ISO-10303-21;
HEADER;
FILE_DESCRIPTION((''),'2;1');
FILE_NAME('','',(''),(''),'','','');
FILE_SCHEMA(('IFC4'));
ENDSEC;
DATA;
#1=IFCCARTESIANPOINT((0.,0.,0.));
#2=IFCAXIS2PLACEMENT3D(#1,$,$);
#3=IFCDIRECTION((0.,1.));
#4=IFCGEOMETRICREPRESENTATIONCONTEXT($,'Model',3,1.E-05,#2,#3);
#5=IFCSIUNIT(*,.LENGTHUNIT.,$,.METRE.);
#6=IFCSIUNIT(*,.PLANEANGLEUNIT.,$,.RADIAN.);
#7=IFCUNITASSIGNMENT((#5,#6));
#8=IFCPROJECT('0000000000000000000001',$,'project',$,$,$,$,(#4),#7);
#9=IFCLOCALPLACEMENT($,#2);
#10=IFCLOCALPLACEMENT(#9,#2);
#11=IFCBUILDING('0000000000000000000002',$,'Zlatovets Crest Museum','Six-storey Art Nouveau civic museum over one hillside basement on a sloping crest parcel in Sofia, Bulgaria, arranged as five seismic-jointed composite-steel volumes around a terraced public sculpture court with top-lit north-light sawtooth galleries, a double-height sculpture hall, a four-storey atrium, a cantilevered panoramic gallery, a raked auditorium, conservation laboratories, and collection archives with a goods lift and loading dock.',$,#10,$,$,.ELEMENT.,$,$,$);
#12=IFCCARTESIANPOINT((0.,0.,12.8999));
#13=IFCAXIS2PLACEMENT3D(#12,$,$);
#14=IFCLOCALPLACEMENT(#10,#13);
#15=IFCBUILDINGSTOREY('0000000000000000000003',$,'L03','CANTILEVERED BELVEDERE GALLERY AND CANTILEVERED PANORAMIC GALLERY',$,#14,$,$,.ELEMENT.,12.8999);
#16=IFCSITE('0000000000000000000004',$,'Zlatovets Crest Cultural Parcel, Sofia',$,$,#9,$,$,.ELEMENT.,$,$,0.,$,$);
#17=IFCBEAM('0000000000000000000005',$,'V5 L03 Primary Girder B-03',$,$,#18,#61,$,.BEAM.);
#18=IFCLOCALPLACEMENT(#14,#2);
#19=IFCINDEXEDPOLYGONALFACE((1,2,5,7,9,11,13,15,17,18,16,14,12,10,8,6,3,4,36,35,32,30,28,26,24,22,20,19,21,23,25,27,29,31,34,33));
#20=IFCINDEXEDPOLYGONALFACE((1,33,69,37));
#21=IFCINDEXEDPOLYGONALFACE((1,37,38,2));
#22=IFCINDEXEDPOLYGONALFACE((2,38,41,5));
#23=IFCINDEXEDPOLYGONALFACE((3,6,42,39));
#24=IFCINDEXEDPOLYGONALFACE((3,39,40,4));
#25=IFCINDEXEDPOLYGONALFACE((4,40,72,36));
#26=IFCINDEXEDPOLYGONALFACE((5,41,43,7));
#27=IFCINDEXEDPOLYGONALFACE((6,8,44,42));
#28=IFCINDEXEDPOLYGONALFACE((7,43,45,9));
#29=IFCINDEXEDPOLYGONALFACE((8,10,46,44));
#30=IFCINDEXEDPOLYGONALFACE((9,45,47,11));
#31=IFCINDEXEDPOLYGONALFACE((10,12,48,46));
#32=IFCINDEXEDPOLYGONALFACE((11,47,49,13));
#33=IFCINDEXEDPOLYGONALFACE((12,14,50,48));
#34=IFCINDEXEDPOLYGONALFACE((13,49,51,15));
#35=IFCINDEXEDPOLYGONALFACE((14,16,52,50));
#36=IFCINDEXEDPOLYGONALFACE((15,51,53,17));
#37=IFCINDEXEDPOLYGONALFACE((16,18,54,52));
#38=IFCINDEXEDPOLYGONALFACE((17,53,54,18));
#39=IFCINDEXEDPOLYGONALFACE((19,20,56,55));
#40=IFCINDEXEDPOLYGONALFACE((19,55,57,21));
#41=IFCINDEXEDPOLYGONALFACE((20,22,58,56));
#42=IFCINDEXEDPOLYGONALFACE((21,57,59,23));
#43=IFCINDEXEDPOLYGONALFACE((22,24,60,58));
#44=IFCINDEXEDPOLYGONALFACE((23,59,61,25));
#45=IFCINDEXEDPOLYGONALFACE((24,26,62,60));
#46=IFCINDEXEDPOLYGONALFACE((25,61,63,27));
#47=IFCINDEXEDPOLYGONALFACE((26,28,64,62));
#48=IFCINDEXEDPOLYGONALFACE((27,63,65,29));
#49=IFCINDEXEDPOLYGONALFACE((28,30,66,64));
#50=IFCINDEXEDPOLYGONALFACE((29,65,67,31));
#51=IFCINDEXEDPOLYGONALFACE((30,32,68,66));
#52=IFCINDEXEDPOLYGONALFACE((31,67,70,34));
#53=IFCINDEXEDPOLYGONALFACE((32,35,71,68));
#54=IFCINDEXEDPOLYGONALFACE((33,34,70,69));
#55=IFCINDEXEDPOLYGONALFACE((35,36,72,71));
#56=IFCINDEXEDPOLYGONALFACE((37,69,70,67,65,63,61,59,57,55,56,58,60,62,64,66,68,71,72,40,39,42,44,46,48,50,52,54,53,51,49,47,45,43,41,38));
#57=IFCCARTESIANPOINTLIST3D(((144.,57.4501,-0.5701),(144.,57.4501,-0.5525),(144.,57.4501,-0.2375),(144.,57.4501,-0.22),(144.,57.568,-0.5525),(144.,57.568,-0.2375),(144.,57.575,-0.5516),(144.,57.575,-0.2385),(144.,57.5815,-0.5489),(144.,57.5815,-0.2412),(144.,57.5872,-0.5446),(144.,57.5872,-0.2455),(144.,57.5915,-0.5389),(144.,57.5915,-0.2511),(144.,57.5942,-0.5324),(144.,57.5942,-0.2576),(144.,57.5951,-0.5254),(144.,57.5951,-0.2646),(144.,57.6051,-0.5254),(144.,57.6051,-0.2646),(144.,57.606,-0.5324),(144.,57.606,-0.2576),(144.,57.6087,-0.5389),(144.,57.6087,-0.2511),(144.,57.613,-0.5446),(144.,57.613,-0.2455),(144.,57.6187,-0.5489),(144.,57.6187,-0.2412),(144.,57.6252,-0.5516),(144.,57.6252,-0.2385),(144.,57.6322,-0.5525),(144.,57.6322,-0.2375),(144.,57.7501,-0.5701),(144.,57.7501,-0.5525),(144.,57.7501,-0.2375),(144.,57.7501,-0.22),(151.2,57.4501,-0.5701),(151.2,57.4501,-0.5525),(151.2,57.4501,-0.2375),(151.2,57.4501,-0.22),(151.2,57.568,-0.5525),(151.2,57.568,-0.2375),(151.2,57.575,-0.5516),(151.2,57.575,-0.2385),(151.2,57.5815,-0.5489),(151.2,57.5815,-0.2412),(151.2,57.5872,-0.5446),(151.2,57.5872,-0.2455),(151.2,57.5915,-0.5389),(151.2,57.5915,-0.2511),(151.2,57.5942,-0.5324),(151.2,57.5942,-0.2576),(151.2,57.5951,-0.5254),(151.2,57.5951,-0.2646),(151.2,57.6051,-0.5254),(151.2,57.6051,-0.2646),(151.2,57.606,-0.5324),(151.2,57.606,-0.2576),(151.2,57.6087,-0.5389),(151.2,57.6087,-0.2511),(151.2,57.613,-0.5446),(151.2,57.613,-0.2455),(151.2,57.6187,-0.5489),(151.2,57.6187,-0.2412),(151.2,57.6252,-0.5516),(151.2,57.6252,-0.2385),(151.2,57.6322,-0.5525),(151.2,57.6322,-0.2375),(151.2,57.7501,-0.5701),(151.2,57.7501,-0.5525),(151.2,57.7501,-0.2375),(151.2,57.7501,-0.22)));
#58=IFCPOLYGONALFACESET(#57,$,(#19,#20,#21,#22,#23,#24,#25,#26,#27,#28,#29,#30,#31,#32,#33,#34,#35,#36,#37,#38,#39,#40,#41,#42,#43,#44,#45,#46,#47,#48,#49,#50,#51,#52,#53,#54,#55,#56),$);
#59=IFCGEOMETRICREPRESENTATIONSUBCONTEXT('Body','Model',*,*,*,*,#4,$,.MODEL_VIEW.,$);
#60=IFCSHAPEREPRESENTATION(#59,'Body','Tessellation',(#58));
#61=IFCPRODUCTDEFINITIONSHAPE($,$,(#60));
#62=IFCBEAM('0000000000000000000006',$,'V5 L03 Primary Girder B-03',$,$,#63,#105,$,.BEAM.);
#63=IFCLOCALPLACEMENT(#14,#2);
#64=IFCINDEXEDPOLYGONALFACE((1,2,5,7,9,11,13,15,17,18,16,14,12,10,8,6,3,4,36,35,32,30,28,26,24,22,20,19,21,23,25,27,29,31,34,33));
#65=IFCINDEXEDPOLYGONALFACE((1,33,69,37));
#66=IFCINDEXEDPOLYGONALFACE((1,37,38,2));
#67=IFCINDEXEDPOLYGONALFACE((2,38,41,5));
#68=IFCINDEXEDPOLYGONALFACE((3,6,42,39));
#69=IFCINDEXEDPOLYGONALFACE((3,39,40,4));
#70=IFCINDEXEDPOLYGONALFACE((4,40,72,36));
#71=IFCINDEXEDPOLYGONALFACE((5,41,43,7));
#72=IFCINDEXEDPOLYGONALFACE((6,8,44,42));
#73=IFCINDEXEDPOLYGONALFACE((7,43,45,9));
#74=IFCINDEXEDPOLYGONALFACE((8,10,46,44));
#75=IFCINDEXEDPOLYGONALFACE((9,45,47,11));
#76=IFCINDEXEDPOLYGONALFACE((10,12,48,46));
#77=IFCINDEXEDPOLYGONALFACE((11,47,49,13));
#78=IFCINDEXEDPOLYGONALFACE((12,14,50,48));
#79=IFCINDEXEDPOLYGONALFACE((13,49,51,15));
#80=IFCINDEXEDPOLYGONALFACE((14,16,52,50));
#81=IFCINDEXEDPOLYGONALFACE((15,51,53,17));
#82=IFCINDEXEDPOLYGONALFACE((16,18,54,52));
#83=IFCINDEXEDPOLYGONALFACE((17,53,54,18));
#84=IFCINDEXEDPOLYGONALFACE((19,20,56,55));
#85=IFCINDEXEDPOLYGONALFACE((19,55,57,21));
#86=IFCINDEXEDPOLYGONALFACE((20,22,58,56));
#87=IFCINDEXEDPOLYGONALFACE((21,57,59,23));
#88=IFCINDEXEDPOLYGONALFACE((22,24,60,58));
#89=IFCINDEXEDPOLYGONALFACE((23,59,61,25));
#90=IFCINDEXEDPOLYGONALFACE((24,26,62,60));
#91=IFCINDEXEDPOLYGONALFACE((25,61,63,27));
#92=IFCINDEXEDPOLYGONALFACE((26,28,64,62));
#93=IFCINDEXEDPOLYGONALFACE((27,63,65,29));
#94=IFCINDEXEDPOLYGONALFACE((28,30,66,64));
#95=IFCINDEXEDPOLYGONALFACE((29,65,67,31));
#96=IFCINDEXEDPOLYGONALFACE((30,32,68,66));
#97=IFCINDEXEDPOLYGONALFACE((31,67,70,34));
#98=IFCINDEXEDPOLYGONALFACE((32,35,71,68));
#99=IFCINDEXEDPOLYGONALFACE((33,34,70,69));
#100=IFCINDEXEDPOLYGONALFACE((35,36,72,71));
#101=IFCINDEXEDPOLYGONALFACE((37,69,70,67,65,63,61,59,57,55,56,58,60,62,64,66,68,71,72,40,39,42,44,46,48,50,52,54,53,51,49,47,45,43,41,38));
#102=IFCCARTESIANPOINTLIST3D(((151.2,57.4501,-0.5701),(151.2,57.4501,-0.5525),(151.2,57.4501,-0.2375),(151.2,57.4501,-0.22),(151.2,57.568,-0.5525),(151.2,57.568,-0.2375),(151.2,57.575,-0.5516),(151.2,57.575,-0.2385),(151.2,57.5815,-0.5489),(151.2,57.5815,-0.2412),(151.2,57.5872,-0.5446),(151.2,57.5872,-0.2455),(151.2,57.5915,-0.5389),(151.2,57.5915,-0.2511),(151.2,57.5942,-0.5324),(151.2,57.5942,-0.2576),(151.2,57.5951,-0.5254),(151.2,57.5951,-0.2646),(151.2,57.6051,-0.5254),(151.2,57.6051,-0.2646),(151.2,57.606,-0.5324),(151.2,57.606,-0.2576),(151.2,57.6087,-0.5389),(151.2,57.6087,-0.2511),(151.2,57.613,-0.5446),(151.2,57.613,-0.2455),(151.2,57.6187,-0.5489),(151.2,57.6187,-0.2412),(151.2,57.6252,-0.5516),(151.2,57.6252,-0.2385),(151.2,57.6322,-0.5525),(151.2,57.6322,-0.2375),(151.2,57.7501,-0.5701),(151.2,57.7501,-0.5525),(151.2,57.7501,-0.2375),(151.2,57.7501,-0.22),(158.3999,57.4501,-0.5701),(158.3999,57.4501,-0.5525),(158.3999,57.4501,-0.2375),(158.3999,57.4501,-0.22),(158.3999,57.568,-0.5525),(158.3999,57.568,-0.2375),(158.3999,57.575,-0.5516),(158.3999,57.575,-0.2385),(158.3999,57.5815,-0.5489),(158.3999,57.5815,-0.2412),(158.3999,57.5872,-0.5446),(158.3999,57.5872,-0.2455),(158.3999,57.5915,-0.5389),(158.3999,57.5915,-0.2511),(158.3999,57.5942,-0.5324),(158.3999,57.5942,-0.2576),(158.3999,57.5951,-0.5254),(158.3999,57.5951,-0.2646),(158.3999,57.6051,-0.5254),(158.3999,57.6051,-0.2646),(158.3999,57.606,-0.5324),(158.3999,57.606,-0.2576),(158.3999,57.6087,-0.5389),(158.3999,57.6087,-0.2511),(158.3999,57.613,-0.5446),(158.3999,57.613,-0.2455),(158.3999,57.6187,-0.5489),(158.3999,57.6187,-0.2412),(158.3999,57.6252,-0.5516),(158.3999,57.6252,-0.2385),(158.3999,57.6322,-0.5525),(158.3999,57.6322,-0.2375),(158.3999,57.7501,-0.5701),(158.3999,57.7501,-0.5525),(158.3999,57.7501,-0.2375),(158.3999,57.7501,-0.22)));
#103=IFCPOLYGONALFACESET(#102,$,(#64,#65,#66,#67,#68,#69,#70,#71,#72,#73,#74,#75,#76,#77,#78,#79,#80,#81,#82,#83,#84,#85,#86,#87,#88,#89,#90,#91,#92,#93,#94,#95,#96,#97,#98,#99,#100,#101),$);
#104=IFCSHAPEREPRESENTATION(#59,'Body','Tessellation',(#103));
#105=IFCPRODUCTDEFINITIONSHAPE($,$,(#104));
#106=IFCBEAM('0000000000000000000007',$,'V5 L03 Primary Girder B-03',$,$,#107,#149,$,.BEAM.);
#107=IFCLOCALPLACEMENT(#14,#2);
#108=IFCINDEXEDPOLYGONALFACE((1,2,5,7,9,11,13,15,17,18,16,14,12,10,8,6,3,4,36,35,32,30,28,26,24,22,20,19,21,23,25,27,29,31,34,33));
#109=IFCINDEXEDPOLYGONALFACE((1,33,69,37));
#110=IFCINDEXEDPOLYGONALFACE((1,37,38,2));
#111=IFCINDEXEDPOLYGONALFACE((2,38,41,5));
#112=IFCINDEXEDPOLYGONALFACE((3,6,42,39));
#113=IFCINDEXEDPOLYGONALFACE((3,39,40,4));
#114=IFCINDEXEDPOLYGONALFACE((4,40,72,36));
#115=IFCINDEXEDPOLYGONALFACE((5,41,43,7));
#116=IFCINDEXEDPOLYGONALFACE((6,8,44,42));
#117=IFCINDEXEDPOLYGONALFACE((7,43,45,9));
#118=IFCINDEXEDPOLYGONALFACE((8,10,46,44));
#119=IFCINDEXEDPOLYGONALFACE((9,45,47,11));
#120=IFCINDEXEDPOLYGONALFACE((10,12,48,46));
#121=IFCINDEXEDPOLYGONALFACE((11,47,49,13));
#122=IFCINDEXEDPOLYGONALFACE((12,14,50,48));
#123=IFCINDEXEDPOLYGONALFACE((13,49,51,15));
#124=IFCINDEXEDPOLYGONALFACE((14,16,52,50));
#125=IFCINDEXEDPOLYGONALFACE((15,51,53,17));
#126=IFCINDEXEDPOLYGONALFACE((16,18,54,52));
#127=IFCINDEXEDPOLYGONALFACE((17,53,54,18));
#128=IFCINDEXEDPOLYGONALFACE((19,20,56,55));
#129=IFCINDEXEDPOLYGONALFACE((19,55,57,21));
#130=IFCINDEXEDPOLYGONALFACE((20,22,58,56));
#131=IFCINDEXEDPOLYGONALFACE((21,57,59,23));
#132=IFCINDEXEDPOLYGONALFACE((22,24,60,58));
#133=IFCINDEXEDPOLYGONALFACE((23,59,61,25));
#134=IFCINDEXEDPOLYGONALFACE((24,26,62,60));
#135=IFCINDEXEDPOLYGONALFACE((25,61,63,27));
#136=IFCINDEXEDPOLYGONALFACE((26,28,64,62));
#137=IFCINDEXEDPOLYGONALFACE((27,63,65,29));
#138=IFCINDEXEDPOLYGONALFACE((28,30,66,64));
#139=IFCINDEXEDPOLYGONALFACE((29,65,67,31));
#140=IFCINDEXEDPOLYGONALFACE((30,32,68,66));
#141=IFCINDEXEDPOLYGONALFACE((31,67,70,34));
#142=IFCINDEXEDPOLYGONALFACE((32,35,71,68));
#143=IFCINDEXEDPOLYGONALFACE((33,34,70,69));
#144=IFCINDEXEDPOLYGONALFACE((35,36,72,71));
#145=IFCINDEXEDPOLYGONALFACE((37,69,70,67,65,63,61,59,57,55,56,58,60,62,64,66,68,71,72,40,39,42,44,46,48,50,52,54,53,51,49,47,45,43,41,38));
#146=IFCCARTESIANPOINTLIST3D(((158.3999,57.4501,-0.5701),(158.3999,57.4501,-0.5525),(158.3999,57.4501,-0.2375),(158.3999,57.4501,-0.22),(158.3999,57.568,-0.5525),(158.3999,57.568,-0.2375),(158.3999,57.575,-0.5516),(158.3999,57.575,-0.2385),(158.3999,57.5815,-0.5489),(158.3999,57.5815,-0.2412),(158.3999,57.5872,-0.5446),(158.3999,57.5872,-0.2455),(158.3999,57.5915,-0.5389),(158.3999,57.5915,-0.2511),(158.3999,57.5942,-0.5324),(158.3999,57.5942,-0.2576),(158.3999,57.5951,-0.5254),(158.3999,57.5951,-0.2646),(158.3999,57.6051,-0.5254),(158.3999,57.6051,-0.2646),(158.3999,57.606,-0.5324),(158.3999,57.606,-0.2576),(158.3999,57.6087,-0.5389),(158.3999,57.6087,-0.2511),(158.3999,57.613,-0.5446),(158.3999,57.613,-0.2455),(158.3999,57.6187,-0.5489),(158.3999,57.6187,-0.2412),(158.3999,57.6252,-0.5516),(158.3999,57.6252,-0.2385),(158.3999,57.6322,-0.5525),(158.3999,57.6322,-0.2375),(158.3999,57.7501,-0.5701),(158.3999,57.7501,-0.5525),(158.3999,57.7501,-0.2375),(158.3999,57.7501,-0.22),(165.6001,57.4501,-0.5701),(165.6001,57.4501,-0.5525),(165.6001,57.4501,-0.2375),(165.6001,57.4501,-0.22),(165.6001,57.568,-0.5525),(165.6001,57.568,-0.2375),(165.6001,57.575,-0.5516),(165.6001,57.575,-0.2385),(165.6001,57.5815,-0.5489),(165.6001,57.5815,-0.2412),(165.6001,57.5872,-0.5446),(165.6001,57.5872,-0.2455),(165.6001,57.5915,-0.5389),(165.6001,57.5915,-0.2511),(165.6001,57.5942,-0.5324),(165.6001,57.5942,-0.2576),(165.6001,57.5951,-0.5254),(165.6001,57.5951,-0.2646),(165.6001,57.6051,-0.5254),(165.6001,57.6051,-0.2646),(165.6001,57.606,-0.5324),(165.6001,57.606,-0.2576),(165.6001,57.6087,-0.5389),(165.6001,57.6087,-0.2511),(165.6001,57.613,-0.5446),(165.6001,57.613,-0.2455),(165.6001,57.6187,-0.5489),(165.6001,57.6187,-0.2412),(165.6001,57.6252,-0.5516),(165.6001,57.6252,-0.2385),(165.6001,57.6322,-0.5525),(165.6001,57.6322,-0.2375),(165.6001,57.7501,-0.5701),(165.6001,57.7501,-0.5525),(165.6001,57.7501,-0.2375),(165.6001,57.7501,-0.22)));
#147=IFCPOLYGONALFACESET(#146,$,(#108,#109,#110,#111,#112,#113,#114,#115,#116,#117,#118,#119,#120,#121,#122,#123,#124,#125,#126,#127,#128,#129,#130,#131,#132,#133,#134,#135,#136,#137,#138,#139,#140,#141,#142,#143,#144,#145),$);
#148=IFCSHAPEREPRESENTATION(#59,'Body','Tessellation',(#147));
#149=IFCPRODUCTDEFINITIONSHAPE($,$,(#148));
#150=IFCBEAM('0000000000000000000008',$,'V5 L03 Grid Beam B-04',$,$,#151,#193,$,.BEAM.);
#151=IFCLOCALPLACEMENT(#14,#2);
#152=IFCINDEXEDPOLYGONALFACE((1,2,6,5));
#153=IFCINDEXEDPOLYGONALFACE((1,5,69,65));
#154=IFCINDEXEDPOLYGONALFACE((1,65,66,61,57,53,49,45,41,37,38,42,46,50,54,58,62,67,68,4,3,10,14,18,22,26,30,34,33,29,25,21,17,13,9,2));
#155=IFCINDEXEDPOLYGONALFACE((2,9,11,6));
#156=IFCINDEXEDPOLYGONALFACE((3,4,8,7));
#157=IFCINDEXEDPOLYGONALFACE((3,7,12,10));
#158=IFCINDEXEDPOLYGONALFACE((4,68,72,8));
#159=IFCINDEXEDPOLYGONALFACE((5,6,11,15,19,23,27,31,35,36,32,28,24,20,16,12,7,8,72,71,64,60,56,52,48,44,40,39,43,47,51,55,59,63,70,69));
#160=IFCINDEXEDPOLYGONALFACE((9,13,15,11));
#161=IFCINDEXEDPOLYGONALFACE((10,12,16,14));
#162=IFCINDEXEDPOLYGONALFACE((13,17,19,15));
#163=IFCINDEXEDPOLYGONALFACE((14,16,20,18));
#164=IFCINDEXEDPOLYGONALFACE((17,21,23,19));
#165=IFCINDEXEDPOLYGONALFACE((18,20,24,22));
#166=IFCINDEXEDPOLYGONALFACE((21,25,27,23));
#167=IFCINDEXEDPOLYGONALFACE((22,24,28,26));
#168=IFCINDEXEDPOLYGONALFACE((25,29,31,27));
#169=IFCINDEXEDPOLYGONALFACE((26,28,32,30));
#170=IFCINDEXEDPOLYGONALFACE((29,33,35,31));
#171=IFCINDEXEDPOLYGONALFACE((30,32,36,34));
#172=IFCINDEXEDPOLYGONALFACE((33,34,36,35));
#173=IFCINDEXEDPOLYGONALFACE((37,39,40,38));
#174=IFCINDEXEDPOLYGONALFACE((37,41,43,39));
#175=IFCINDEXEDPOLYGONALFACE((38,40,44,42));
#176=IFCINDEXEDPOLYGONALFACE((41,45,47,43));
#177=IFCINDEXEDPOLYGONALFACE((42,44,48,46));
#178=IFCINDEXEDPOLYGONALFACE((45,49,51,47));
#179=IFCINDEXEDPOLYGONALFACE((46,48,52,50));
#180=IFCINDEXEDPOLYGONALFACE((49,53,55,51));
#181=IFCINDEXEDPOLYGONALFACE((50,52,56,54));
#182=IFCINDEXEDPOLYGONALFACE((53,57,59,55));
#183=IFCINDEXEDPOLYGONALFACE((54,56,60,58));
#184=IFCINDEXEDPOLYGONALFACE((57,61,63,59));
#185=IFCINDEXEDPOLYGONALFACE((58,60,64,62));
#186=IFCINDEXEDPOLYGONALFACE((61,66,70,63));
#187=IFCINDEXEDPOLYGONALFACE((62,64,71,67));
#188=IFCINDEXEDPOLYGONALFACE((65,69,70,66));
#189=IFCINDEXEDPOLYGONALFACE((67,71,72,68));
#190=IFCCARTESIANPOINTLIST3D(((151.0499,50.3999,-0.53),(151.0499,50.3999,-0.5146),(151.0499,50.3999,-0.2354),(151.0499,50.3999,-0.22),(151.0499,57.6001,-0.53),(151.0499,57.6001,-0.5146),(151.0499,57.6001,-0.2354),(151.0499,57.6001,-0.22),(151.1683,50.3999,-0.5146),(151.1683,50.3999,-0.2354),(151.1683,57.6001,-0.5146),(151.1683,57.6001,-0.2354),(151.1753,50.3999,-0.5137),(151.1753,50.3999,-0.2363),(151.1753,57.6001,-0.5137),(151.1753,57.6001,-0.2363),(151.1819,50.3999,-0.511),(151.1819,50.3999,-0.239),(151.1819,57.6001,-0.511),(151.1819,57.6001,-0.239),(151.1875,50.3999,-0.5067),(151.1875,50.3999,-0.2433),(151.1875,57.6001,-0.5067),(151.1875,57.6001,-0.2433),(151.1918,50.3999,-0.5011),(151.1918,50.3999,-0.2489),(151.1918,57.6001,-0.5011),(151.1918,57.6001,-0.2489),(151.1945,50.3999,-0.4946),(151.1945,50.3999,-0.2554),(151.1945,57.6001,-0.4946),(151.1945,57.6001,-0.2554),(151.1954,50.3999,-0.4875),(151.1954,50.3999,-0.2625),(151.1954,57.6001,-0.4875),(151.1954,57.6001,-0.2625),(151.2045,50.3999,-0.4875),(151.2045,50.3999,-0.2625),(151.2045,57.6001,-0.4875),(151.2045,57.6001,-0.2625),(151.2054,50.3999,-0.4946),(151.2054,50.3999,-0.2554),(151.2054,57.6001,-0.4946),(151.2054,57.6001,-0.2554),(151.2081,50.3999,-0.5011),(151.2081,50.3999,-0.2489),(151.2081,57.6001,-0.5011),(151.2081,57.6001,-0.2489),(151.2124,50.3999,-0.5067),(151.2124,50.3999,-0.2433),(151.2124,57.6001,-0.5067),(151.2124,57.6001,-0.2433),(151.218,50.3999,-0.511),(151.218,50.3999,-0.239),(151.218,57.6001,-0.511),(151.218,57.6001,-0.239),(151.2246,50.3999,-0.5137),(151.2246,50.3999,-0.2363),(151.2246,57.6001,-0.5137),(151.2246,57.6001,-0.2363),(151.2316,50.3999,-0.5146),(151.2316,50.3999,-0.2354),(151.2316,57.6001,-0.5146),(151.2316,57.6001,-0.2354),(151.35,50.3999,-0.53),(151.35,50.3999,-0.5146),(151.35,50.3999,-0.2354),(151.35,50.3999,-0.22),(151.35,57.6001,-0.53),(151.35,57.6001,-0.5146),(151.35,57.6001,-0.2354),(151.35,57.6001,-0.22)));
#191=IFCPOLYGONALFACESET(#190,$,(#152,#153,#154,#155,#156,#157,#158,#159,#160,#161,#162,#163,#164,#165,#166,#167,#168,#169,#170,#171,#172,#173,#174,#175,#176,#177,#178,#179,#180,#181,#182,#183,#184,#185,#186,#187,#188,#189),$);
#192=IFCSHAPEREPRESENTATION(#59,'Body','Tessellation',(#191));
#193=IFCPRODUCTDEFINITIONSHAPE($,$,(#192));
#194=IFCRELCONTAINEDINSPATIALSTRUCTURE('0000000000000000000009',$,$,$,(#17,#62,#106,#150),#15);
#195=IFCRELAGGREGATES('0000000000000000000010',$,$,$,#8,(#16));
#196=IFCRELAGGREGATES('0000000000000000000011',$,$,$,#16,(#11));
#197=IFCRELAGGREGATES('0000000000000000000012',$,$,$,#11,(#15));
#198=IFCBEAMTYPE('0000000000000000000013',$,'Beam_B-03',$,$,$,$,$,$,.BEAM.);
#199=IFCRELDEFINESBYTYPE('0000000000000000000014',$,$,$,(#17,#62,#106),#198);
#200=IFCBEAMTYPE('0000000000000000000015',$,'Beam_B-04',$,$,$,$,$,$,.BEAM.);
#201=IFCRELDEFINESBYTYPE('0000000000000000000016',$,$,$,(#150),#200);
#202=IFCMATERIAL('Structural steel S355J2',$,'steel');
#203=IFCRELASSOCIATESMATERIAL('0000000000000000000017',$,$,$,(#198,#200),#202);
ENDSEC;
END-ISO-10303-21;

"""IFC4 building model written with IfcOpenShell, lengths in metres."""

from ifc_helpers import new_model, si_unit, direction, frame, origin, origin_2d, place, context, subcontext, project, spatial, i_section, extrude, material, material_profile, profile_set, type_object, element, save


model = new_model("IFC4")

# Units and contexts
model_context = context("Model", 3, precision=1e-05, world=origin(), true_north=direction((0.0, 1.0)))
body_context = subcontext(model_context, "Body", "Model", "MODEL_VIEW")
ifc_project = project(units=[si_unit("LENGTHUNIT", "METRE"), si_unit("PLANEANGLEUNIT", "RADIAN")], contexts=[model_context])

# Site, building, storey
site_placement = place(None, origin())
site = spatial("IfcSite", under=ifc_project, at=site_placement, Name="Zlatovets Crest Cultural Parcel, Sofia", CompositionType="ELEMENT", RefElevation=0.0)
building_placement = place(site_placement, origin())
building = spatial("IfcBuilding", under=site, at=building_placement, Name="Zlatovets Crest Museum", Description="Six-storey Art Nouveau civic museum over one hillside basement on a sloping crest parcel in Sofia, Bulgaria, arranged as five seismic-jointed composite-steel volumes around a terraced public sculpture court with top-lit north-light sawtooth galleries, a double-height sculpture hall, a four-storey atrium, a cantilevered panoramic gallery, a raked auditorium, conservation laboratories, and collection archives with a goods lift and loading dock.", CompositionType="ELEMENT")
storey_placement = place(building_placement, frame((0.0, 0.0, 12.8999)))
storey = spatial("IfcBuildingStorey", under=building, at=storey_placement, Name="L03", Description="CANTILEVERED BELVEDERE GALLERY AND CANTILEVERED PANORAMIC GALLERY", CompositionType="ELEMENT", Elevation=12.8999)

# Beams
ifc_material_1 = material(Name="Structural steel S355J2", Category="steel")
ifc_material_profile_1 = material_profile(ifc_material_1, i_section(OverallWidth=0.3, OverallDepth=0.3501, WebThickness=0.01, FlangeThickness=0.0176, FilletRadius=0.0271, at=origin_2d()), Name="HEA 360")
ifc_profile_set_1 = profile_set([ifc_material_profile_1], Name="Structural steel S355J2")
beam_type_1 = type_object("IfcBeamType", Name="Beam_B-03", PredefinedType="BEAM", material=ifc_profile_set_1)
for number, where, z_axis, x_axis, name in (
    (1, (144.0, 57.6001, -0.395), (1.0, 0.0, 0.0), (0.0, 1.0, 0.0), "V5 L03 Primary Girder B-03"),
    (2, (151.2, 57.6001, -0.395), (1.0, 0.0, 0.0), (0.0, 1.0, 0.0), "V5 L03 Primary Girder B-03"),
):
    element("IfcBeam", number, at=place(storey_placement, frame(where, z_axis=z_axis, x_axis=x_axis)), inside=storey, type_object=beam_type_1, Name=name, PredefinedType="BEAM", context=body_context, shape_type="SweptSolid", body=[
        extrude(i_section(OverallWidth=0.3, OverallDepth=0.3501, WebThickness=0.01, FlangeThickness=0.0176, FilletRadius=0.0271, at=origin_2d()), origin(), (0.0, 0.0, 1.0), 7.2),
    ])
beam_1_placement = place(storey_placement, frame((158.3999, 57.6001, -0.395), z_axis=(1.0, 0.0, 0.0), x_axis=(0.0, 1.0, 0.0)))
element("IfcBeam", 3, at=beam_1_placement, inside=storey, type_object=beam_type_1, Name="V5 L03 Primary Girder B-03", PredefinedType="BEAM", context=body_context, shape_type="SweptSolid", body=[
    extrude(i_section(OverallWidth=0.3, OverallDepth=0.3501, WebThickness=0.01, FlangeThickness=0.0176, FilletRadius=0.0271, at=origin_2d()), origin(), (0.0, 0.0, 1.0), 7.2002),
])
ifc_material_profile_2 = material_profile(ifc_material_1, i_section(OverallWidth=0.3, OverallDepth=0.3101, WebThickness=0.009, FlangeThickness=0.0154, FilletRadius=0.0271, at=origin_2d()), Name="HEA 320")
ifc_profile_set_2 = profile_set([ifc_material_profile_2], Name="Structural steel S355J2")
beam_type_2 = type_object("IfcBeamType", Name="Beam_B-04", PredefinedType="BEAM", material=ifc_profile_set_2)
for number, where, z_axis, x_axis, name in (
    (4, (151.2, 50.3999, -0.375), (0.0, 1.0, 0.0), (-1.0, 0.0, 0.0), "V5 L03 Grid Beam B-04"),
):
    element("IfcBeam", number, at=place(storey_placement, frame(where, z_axis=z_axis, x_axis=x_axis)), inside=storey, type_object=beam_type_2, Name=name, PredefinedType="BEAM", context=body_context, shape_type="SweptSolid", body=[
        extrude(i_section(OverallWidth=0.3, OverallDepth=0.3101, WebThickness=0.009, FlangeThickness=0.0154, FilletRadius=0.0271, at=origin_2d()), origin(), (0.0, 0.0, 1.0), 7.2002),
    ])

save(model, "model.ifc")
